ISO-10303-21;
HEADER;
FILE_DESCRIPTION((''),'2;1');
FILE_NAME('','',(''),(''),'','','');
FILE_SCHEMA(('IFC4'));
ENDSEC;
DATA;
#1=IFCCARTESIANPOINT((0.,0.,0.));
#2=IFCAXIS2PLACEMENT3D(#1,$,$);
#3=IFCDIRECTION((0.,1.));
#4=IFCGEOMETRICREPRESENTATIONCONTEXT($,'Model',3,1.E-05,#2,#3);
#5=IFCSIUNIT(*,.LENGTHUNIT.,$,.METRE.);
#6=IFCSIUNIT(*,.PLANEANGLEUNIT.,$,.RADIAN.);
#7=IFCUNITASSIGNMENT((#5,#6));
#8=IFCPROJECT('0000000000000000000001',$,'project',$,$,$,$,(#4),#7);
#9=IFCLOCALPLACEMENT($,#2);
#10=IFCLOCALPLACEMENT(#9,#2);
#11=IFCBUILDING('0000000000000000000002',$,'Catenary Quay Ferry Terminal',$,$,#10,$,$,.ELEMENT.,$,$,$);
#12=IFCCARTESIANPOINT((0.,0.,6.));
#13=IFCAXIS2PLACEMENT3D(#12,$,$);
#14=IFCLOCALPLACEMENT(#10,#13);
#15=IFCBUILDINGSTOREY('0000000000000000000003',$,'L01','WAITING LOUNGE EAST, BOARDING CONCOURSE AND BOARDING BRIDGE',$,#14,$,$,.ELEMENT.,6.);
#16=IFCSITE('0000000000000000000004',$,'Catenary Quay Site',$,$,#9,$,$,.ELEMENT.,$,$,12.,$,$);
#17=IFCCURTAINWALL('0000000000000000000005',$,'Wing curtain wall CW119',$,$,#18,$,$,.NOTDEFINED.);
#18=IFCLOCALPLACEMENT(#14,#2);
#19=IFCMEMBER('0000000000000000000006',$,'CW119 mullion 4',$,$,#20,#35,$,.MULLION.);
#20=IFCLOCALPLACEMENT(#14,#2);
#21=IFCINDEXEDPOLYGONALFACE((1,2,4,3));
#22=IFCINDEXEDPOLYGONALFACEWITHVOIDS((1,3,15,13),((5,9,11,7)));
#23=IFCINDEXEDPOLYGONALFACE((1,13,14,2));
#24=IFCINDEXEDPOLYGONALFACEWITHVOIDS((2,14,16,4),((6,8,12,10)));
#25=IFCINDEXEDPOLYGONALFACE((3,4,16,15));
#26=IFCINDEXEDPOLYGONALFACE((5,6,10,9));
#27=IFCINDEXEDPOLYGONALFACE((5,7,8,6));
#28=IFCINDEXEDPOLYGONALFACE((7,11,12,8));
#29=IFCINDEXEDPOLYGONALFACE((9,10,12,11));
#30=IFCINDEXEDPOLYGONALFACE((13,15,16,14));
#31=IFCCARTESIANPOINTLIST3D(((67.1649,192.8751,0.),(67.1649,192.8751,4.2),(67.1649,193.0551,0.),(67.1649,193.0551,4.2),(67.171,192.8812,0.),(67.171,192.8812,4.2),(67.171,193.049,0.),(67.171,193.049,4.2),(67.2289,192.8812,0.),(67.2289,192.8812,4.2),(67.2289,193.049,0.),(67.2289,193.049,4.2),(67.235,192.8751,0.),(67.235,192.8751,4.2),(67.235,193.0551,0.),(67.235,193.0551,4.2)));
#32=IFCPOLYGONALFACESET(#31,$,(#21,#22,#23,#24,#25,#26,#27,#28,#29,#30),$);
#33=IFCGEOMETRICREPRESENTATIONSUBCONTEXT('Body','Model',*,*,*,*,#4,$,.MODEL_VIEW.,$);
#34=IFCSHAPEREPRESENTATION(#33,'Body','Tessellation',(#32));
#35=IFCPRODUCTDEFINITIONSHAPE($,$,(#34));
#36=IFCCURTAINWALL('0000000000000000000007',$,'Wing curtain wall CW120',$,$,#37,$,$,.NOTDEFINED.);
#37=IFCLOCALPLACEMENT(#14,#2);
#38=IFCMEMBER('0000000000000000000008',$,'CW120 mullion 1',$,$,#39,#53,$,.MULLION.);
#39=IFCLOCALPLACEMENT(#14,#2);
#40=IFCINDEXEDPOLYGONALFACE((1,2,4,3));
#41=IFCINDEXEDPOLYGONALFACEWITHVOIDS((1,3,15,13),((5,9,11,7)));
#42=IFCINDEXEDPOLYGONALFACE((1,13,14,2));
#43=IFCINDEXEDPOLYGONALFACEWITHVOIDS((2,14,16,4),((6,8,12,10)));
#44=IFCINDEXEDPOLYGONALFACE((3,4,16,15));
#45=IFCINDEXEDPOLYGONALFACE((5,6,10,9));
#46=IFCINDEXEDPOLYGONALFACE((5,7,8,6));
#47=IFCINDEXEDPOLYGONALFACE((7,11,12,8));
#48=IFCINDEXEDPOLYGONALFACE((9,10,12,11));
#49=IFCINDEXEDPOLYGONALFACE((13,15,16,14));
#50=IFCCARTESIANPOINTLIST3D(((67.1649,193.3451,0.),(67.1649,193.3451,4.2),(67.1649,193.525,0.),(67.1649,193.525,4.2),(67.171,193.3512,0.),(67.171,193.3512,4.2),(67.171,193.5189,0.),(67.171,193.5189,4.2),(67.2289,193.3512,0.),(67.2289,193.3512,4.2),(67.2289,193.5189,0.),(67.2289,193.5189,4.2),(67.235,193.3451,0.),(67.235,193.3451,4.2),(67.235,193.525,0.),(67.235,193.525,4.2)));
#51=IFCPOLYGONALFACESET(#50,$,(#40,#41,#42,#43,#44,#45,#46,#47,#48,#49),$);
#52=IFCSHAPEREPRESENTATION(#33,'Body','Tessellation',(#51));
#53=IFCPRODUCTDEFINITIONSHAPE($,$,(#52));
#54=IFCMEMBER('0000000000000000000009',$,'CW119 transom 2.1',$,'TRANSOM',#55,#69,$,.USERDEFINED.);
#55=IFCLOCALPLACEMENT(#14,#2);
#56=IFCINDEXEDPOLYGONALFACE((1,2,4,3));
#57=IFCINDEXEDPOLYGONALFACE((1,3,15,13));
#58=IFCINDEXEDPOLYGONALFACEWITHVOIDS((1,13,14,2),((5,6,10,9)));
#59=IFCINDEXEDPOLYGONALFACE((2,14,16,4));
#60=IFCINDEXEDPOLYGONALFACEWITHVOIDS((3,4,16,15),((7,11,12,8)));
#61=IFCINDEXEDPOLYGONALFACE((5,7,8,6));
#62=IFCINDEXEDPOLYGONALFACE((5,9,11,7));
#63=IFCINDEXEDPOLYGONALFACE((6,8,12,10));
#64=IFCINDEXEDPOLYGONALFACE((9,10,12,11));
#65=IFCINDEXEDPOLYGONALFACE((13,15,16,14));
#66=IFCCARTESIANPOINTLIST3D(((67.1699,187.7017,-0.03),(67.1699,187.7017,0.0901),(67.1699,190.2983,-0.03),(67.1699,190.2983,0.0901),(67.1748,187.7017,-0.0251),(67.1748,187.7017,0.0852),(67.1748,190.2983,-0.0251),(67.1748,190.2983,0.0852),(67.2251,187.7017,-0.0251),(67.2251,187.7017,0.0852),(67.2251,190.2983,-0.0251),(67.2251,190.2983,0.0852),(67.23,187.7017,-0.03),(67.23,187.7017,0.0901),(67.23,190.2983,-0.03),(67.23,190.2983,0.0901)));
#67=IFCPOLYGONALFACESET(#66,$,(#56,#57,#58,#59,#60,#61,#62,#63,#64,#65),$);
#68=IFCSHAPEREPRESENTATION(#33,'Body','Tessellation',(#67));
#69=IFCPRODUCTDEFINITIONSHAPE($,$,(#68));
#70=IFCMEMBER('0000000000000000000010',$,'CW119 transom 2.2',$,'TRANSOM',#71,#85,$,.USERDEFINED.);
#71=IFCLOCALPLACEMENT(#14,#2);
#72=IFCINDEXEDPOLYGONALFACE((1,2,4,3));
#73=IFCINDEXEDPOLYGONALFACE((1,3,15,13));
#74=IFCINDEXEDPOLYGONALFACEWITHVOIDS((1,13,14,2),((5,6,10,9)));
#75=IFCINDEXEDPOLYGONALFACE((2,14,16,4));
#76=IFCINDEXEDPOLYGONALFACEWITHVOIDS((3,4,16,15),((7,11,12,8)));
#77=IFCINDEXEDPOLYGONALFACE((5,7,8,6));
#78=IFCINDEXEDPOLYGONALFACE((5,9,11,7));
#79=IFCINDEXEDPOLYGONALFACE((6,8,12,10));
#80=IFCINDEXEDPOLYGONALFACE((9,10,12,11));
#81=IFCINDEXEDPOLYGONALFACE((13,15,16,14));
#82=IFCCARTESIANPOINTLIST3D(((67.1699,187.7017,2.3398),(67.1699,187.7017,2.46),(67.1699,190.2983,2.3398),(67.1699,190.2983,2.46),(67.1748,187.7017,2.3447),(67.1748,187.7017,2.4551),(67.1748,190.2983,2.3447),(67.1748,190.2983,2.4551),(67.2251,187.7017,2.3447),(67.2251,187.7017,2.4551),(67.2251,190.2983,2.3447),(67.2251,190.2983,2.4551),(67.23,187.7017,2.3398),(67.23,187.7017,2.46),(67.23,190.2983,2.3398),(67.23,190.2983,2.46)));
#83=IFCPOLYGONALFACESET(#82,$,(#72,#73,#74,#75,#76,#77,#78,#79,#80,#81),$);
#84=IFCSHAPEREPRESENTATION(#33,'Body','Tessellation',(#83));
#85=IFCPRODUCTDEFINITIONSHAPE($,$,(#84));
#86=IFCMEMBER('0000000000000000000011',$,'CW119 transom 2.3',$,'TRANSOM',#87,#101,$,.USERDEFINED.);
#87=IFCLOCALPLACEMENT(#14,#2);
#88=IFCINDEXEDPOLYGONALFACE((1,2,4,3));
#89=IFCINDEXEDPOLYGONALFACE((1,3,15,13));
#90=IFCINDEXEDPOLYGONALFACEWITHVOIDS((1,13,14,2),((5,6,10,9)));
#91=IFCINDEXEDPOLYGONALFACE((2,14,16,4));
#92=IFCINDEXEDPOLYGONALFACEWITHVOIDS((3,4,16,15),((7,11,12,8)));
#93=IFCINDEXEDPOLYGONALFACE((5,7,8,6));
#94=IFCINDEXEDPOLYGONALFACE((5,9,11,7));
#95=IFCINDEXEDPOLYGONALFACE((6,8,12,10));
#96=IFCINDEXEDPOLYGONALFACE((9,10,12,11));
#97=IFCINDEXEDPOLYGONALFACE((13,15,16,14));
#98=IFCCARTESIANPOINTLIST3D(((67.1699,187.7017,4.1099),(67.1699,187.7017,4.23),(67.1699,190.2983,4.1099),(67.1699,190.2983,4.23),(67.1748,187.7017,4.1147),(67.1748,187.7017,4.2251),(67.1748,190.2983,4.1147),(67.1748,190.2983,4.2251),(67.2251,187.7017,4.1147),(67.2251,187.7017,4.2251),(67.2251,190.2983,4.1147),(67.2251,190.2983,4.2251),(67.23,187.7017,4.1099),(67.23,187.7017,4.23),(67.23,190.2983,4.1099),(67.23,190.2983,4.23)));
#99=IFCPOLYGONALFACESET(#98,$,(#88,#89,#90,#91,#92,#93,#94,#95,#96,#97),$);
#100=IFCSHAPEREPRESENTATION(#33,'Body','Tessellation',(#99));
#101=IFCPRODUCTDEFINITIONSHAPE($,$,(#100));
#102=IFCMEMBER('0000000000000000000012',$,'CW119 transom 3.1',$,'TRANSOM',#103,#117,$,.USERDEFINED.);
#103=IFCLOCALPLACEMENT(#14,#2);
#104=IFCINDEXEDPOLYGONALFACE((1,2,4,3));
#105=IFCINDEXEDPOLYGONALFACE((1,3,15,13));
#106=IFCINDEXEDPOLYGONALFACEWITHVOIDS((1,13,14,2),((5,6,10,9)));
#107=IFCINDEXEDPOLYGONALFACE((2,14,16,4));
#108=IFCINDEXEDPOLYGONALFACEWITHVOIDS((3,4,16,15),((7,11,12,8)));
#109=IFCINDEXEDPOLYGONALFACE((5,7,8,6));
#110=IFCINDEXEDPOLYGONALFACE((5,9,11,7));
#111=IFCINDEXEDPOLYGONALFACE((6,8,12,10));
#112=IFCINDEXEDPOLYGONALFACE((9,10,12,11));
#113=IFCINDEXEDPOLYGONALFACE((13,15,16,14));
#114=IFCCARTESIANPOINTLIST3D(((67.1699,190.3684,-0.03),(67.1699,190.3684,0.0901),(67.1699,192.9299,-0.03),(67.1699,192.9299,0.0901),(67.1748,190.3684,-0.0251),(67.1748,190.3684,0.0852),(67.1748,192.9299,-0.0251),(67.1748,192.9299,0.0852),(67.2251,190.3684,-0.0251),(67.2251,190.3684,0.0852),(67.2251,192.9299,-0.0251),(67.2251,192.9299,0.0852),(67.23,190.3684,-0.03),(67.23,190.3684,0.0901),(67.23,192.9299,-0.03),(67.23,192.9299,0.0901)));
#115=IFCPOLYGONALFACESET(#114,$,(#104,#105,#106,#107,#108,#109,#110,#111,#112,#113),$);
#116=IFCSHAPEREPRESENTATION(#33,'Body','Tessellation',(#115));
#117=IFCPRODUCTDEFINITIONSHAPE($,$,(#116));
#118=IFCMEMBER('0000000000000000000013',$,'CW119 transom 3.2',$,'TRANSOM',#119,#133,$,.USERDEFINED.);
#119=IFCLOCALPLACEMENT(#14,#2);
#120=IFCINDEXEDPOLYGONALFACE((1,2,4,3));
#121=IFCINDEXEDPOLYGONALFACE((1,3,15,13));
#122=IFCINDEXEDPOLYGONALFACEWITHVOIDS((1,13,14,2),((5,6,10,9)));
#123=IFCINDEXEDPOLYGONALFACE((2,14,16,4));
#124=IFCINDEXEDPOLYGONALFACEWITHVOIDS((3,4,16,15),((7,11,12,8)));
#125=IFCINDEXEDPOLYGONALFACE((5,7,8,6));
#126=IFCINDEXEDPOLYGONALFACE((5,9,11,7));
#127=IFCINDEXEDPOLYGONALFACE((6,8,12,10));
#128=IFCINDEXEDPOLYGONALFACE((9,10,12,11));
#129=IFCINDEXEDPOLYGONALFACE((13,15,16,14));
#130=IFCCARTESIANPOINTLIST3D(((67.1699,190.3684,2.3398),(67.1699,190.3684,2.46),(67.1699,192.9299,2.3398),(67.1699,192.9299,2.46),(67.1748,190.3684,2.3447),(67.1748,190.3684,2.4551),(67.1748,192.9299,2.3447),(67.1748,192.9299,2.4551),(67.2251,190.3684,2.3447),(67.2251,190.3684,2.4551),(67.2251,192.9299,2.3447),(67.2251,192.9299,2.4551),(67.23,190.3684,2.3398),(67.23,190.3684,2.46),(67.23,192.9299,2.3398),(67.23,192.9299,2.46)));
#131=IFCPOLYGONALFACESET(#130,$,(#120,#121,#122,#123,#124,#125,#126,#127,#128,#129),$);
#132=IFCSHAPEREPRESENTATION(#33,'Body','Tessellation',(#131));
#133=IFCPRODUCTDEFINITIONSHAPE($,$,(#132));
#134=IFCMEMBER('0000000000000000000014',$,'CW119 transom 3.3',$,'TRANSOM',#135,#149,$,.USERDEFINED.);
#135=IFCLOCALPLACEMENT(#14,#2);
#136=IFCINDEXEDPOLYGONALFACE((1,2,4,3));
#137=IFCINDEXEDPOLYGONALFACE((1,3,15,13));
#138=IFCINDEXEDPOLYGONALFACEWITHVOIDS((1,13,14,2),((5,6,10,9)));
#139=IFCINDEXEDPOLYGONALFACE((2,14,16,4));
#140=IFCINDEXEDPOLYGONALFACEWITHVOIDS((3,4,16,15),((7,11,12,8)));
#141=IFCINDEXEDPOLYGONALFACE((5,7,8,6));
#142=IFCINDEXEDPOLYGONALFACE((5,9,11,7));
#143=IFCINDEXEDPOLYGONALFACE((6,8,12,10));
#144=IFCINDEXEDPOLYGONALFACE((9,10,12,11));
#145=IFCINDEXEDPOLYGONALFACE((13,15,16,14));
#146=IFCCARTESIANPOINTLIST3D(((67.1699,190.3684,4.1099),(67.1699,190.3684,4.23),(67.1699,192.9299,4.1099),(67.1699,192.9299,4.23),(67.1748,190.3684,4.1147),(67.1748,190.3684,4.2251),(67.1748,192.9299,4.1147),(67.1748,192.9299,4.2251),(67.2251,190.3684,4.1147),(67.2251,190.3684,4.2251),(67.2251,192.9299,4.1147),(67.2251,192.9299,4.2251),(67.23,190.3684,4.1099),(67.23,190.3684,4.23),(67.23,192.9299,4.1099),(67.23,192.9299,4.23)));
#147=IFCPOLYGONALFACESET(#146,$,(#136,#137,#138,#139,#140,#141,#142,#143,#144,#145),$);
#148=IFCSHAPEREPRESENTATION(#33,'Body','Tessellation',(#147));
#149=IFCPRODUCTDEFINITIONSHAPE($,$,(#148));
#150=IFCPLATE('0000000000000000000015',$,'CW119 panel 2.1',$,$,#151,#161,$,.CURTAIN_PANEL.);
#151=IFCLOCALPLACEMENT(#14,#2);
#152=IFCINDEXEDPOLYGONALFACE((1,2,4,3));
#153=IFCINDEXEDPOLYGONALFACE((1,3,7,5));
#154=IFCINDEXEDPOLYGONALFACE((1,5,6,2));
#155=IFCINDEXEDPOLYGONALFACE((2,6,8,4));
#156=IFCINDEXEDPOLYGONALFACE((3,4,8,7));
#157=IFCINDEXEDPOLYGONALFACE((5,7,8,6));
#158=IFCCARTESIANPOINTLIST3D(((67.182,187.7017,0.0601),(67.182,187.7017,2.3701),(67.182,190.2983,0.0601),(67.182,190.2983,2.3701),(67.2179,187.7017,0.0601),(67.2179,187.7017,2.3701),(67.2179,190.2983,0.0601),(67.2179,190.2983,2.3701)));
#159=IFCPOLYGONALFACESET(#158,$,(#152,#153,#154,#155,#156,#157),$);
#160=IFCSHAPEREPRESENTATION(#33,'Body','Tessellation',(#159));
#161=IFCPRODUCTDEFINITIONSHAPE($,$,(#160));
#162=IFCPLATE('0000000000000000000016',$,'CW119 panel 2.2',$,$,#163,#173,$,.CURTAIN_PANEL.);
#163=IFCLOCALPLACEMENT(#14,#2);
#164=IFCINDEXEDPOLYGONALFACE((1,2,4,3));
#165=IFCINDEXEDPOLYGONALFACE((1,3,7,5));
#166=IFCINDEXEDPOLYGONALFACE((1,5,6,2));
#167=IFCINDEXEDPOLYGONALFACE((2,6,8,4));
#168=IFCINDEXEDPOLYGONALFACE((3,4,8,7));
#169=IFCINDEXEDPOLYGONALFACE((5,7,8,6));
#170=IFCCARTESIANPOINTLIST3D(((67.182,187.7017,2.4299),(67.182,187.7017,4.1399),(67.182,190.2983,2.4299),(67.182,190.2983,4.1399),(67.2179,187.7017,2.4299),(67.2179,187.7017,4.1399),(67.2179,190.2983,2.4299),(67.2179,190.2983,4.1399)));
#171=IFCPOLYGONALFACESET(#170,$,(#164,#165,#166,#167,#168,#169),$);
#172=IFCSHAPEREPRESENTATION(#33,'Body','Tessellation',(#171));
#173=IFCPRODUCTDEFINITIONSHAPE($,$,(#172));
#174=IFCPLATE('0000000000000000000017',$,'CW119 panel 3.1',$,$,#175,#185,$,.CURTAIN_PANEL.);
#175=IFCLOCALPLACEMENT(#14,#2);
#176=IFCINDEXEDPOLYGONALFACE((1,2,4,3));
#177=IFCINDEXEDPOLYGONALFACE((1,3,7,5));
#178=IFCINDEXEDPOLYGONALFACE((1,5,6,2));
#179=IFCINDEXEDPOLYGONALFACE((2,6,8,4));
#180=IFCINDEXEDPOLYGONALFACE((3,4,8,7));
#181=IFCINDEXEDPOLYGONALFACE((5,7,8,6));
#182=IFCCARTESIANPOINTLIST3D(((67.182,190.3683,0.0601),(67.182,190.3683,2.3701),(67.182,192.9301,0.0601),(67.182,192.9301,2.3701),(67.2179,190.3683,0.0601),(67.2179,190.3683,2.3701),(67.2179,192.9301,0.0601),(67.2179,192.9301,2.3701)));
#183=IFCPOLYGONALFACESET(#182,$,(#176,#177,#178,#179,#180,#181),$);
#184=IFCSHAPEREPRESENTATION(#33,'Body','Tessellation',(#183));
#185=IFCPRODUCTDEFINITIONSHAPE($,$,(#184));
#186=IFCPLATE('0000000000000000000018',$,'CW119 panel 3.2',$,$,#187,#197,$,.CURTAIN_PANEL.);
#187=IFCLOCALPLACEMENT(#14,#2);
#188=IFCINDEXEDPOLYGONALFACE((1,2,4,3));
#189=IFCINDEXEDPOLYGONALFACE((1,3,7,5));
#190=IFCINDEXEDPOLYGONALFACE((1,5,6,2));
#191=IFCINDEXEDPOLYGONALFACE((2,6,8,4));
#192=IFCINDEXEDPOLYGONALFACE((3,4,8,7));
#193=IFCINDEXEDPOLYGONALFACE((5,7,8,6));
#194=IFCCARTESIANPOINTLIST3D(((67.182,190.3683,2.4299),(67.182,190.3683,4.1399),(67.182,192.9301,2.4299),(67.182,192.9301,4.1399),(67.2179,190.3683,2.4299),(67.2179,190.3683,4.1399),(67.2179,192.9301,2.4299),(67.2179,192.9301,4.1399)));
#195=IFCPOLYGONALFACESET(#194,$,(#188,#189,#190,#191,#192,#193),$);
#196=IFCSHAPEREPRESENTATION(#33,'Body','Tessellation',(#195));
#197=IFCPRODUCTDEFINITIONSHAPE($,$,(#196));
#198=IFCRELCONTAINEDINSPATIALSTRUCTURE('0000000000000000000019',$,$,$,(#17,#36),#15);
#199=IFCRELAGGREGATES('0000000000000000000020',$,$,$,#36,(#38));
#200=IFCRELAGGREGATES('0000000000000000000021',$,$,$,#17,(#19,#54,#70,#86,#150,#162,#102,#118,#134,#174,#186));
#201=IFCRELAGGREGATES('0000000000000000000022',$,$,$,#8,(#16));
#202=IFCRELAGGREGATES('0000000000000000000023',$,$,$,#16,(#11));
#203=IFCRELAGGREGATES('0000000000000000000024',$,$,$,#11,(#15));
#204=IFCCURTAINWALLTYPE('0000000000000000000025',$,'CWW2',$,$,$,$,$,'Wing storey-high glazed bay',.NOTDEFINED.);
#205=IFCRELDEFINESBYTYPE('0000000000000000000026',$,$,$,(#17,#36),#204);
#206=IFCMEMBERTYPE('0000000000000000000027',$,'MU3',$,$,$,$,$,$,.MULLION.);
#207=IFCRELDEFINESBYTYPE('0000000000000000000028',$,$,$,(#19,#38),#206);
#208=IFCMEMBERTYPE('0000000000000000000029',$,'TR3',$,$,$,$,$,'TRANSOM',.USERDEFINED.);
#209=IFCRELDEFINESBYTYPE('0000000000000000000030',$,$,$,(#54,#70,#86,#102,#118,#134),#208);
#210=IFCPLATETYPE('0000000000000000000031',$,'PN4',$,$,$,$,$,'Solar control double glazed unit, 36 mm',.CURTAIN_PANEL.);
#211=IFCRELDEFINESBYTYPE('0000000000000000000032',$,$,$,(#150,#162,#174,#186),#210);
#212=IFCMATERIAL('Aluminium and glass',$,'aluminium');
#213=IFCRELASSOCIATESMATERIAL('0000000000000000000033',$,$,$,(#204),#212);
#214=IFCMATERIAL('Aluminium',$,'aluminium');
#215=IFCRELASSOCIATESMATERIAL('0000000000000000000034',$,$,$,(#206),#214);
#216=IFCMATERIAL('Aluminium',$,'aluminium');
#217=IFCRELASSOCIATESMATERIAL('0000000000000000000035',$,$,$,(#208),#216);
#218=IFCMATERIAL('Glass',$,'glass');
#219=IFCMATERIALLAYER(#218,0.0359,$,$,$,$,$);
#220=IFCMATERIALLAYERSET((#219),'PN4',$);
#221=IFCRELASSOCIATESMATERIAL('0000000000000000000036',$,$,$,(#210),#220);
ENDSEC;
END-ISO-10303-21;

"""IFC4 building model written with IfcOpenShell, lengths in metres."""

from ifc_helpers import new_model, si_unit, direction, frame, origin, origin_2d, place, context, subcontext, project, spatial, rectangle, hollow_rectangle, extrude, material, layer, layer_set, material_profile, profile_set, type_object, element, aggregate, save


model = new_model("IFC4")

# Units and contexts
model_context = context("Model", 3, precision=1e-05, world=origin(), true_north=direction((0.0, 1.0)))
body_context = subcontext(model_context, "Body", "Model", "MODEL_VIEW")
ifc_project = project(units=[si_unit("LENGTHUNIT", "METRE"), si_unit("PLANEANGLEUNIT", "RADIAN")], contexts=[model_context])

# Site, building, storey
site_placement = place(None, origin())
site = spatial("IfcSite", under=ifc_project, at=site_placement, Name="Catenary Quay Site", CompositionType="ELEMENT", RefElevation=12.0)
building_placement = place(site_placement, origin())
building = spatial("IfcBuilding", under=site, at=building_placement, Name="Catenary Quay Ferry Terminal", CompositionType="ELEMENT")
storey_placement = place(building_placement, frame((0.0, 0.0, 6.0)))
storey = spatial("IfcBuildingStorey", under=building, at=storey_placement, Name="L01", Description="WAITING LOUNGE EAST, BOARDING CONCOURSE AND BOARDING BRIDGE", CompositionType="ELEMENT", Elevation=6.0)

# Curtain wall, member
ifc_material_1 = material(Name="Aluminium and glass", Category="aluminium")
curtain_wall_type = type_object("IfcCurtainWallType", Name="CWW2", ElementType="Wing storey-high glazed bay", PredefinedType="NOTDEFINED", material=ifc_material_1)
curtain_wall_1_placement = place(storey_placement, origin())
curtain_wall_1 = element("IfcCurtainWall", 1, at=curtain_wall_1_placement, inside=storey, type_object=curtain_wall_type, Name="Wing curtain wall CW119", PredefinedType="NOTDEFINED")
ifc_material_2 = material(Name="Aluminium", Category="aluminium")
ifc_material_profile_1 = material_profile(ifc_material_2, hollow_rectangle(XDim=0.0701, YDim=0.1799, WallThickness=0.0061, at=origin_2d()), Name="MU3")
ifc_profile_set_1 = profile_set([ifc_material_profile_1], Name="Aluminium")
member_type_1 = type_object("IfcMemberType", Name="MU3", PredefinedType="MULLION", material=ifc_profile_set_1)
member_1_placement = place(storey_placement, frame((67.2, 192.9651, 0.0), z_axis=(0.0, 0.0, 1.0), x_axis=(-1.0, 0.0, 0.0)))
member_1 = element("IfcMember", 2, at=member_1_placement, type_object=member_type_1, Name="CW119 mullion 4", PredefinedType="MULLION", context=body_context, shape_type="SweptSolid", body=[
    extrude(hollow_rectangle(XDim=0.0701, YDim=0.1799, WallThickness=0.0061, at=origin_2d()), origin(), (0.0, 0.0, 1.0), 4.2),
])

# Curtain wall, member
curtain_wall_2_placement = place(storey_placement, origin())
curtain_wall_2 = element("IfcCurtainWall", 3, at=curtain_wall_2_placement, inside=storey, type_object=curtain_wall_type, Name="Wing curtain wall CW120", PredefinedType="NOTDEFINED")
member_2_placement = place(storey_placement, frame((67.2, 193.4351, 0.0), z_axis=(0.0, 0.0, 1.0), x_axis=(-1.0, 0.0, 0.0)))
member_2 = element("IfcMember", 4, at=member_2_placement, type_object=member_type_1, Name="CW120 mullion 1", PredefinedType="MULLION", context=body_context, shape_type="SweptSolid", body=[
    extrude(hollow_rectangle(XDim=0.0701, YDim=0.1799, WallThickness=0.0061, at=origin_2d()), origin(), (0.0, 0.0, 1.0), 4.2),
])
aggregate(curtain_wall_2, [member_2])

# Members
ifc_material_3 = material(Name="Aluminium", Category="aluminium")
ifc_material_profile_2 = material_profile(ifc_material_3, hollow_rectangle(XDim=0.0601, YDim=0.1201, WallThickness=0.0049, at=origin_2d()), Name="TR3")
ifc_profile_set_2 = profile_set([ifc_material_profile_2], Name="Aluminium")
member_type_2 = type_object("IfcMemberType", Name="TR3", ElementType="TRANSOM", PredefinedType="USERDEFINED", material=ifc_profile_set_2)
member_3_placement = place(storey_placement, frame((67.2, 187.7017, 0.03), z_axis=(0.0, 1.0, 0.0), x_axis=(-1.0, 0.0, 0.0)))
member_3 = element("IfcMember", 5, at=member_3_placement, type_object=member_type_2, Name="CW119 transom 2.1", ObjectType="TRANSOM", PredefinedType="USERDEFINED", context=body_context, shape_type="SweptSolid", body=[
    extrude(hollow_rectangle(XDim=0.0601, YDim=0.1201, WallThickness=0.0049, at=origin_2d()), origin(), (0.0, 0.0, 1.0), 2.5967),
])
member_4_placement = place(storey_placement, frame((67.2, 187.7017, 2.3999), z_axis=(0.0, 1.0, 0.0), x_axis=(-1.0, 0.0, 0.0)))
member_4 = element("IfcMember", 6, at=member_4_placement, type_object=member_type_2, Name="CW119 transom 2.2", ObjectType="TRANSOM", PredefinedType="USERDEFINED", context=body_context, shape_type="SweptSolid", body=[
    extrude(hollow_rectangle(XDim=0.0601, YDim=0.1201, WallThickness=0.0049, at=origin_2d()), origin(), (0.0, 0.0, 1.0), 2.5967),
])
member_5_placement = place(storey_placement, frame((67.2, 187.7017, 4.1699), z_axis=(0.0, 1.0, 0.0), x_axis=(-1.0, 0.0, 0.0)))
member_5 = element("IfcMember", 7, at=member_5_placement, type_object=member_type_2, Name="CW119 transom 2.3", ObjectType="TRANSOM", PredefinedType="USERDEFINED", context=body_context, shape_type="SweptSolid", body=[
    extrude(hollow_rectangle(XDim=0.0601, YDim=0.1201, WallThickness=0.0049, at=origin_2d()), origin(), (0.0, 0.0, 1.0), 2.5967),
])
member_6_placement = place(storey_placement, frame((67.2, 190.3684, 0.03), z_axis=(0.0, 1.0, 0.0), x_axis=(-1.0, 0.0, 0.0)))
member_6 = element("IfcMember", 8, at=member_6_placement, type_object=member_type_2, Name="CW119 transom 3.1", ObjectType="TRANSOM", PredefinedType="USERDEFINED", context=body_context, shape_type="SweptSolid", body=[
    extrude(hollow_rectangle(XDim=0.0601, YDim=0.1201, WallThickness=0.0049, at=origin_2d()), origin(), (0.0, 0.0, 1.0), 2.5615),
])
member_7_placement = place(storey_placement, frame((67.2, 190.3684, 2.3999), z_axis=(0.0, 1.0, 0.0), x_axis=(-1.0, 0.0, 0.0)))
member_7 = element("IfcMember", 9, at=member_7_placement, type_object=member_type_2, Name="CW119 transom 3.2", ObjectType="TRANSOM", PredefinedType="USERDEFINED", context=body_context, shape_type="SweptSolid", body=[
    extrude(hollow_rectangle(XDim=0.0601, YDim=0.1201, WallThickness=0.0049, at=origin_2d()), origin(), (0.0, 0.0, 1.0), 2.5615),
])
member_8_placement = place(storey_placement, frame((67.2, 190.3684, 4.1699), z_axis=(0.0, 1.0, 0.0), x_axis=(-1.0, 0.0, 0.0)))
member_8 = element("IfcMember", 10, at=member_8_placement, type_object=member_type_2, Name="CW119 transom 3.3", ObjectType="TRANSOM", PredefinedType="USERDEFINED", context=body_context, shape_type="SweptSolid", body=[
    extrude(hollow_rectangle(XDim=0.0601, YDim=0.1201, WallThickness=0.0049, at=origin_2d()), origin(), (0.0, 0.0, 1.0), 2.5615),
])

# Plates
ifc_material_4 = material(Name="Glass", Category="glass")
ifc_layer_1 = layer(ifc_material_4, 0.0359)
ifc_layer_set_1 = layer_set([ifc_layer_1], Name="PN4")
plate_type = type_object("IfcPlateType", Name="PN4", ElementType="Solar control double glazed unit, 36 mm", PredefinedType="CURTAIN_PANEL", material=ifc_layer_set_1)
plate_1_placement = place(storey_placement, frame((67.2, 189.0, 0.0601), z_axis=(0.0, 0.0, 1.0), x_axis=(0.0, 1.0, 0.0)))
plate_1 = element("IfcPlate", 11, at=plate_1_placement, type_object=plate_type, Name="CW119 panel 2.1", PredefinedType="CURTAIN_PANEL", context=body_context, shape_type="SweptSolid", body=[
    extrude(rectangle(XDim=2.5967, YDim=0.0359, at=origin_2d()), origin(), (0.0, 0.0, 1.0), 2.3101),
])
plate_2_placement = place(storey_placement, frame((67.2, 189.0, 2.4299), z_axis=(0.0, 0.0, 1.0), x_axis=(0.0, 1.0, 0.0)))
plate_2 = element("IfcPlate", 12, at=plate_2_placement, type_object=plate_type, Name="CW119 panel 2.2", PredefinedType="CURTAIN_PANEL", context=body_context, shape_type="SweptSolid", body=[
    extrude(rectangle(XDim=2.5967, YDim=0.0359, at=origin_2d()), origin(), (0.0, 0.0, 1.0), 1.71),
])
plate_3_placement = place(storey_placement, frame((67.2, 191.6492, 0.0601), z_axis=(0.0, 0.0, 1.0), x_axis=(0.0, 1.0, 0.0)))
plate_3 = element("IfcPlate", 13, at=plate_3_placement, type_object=plate_type, Name="CW119 panel 3.1", PredefinedType="CURTAIN_PANEL", context=body_context, shape_type="SweptSolid", body=[
    extrude(rectangle(XDim=2.5618, YDim=0.0359, at=origin_2d()), origin(), (0.0, 0.0, 1.0), 2.3101),
])
plate_4_placement = place(storey_placement, frame((67.2, 191.6492, 2.4299), z_axis=(0.0, 0.0, 1.0), x_axis=(0.0, 1.0, 0.0)))
plate_4 = element("IfcPlate", 14, at=plate_4_placement, type_object=plate_type, Name="CW119 panel 3.2", PredefinedType="CURTAIN_PANEL", context=body_context, shape_type="SweptSolid", body=[
    extrude(rectangle(XDim=2.5618, YDim=0.0359, at=origin_2d()), origin(), (0.0, 0.0, 1.0), 1.71),
])
aggregate(curtain_wall_1, [member_1, member_3, member_4, member_5, plate_1, plate_2, member_6, member_7, member_8, plate_3, plate_4])

save(model, "model.ifc")
